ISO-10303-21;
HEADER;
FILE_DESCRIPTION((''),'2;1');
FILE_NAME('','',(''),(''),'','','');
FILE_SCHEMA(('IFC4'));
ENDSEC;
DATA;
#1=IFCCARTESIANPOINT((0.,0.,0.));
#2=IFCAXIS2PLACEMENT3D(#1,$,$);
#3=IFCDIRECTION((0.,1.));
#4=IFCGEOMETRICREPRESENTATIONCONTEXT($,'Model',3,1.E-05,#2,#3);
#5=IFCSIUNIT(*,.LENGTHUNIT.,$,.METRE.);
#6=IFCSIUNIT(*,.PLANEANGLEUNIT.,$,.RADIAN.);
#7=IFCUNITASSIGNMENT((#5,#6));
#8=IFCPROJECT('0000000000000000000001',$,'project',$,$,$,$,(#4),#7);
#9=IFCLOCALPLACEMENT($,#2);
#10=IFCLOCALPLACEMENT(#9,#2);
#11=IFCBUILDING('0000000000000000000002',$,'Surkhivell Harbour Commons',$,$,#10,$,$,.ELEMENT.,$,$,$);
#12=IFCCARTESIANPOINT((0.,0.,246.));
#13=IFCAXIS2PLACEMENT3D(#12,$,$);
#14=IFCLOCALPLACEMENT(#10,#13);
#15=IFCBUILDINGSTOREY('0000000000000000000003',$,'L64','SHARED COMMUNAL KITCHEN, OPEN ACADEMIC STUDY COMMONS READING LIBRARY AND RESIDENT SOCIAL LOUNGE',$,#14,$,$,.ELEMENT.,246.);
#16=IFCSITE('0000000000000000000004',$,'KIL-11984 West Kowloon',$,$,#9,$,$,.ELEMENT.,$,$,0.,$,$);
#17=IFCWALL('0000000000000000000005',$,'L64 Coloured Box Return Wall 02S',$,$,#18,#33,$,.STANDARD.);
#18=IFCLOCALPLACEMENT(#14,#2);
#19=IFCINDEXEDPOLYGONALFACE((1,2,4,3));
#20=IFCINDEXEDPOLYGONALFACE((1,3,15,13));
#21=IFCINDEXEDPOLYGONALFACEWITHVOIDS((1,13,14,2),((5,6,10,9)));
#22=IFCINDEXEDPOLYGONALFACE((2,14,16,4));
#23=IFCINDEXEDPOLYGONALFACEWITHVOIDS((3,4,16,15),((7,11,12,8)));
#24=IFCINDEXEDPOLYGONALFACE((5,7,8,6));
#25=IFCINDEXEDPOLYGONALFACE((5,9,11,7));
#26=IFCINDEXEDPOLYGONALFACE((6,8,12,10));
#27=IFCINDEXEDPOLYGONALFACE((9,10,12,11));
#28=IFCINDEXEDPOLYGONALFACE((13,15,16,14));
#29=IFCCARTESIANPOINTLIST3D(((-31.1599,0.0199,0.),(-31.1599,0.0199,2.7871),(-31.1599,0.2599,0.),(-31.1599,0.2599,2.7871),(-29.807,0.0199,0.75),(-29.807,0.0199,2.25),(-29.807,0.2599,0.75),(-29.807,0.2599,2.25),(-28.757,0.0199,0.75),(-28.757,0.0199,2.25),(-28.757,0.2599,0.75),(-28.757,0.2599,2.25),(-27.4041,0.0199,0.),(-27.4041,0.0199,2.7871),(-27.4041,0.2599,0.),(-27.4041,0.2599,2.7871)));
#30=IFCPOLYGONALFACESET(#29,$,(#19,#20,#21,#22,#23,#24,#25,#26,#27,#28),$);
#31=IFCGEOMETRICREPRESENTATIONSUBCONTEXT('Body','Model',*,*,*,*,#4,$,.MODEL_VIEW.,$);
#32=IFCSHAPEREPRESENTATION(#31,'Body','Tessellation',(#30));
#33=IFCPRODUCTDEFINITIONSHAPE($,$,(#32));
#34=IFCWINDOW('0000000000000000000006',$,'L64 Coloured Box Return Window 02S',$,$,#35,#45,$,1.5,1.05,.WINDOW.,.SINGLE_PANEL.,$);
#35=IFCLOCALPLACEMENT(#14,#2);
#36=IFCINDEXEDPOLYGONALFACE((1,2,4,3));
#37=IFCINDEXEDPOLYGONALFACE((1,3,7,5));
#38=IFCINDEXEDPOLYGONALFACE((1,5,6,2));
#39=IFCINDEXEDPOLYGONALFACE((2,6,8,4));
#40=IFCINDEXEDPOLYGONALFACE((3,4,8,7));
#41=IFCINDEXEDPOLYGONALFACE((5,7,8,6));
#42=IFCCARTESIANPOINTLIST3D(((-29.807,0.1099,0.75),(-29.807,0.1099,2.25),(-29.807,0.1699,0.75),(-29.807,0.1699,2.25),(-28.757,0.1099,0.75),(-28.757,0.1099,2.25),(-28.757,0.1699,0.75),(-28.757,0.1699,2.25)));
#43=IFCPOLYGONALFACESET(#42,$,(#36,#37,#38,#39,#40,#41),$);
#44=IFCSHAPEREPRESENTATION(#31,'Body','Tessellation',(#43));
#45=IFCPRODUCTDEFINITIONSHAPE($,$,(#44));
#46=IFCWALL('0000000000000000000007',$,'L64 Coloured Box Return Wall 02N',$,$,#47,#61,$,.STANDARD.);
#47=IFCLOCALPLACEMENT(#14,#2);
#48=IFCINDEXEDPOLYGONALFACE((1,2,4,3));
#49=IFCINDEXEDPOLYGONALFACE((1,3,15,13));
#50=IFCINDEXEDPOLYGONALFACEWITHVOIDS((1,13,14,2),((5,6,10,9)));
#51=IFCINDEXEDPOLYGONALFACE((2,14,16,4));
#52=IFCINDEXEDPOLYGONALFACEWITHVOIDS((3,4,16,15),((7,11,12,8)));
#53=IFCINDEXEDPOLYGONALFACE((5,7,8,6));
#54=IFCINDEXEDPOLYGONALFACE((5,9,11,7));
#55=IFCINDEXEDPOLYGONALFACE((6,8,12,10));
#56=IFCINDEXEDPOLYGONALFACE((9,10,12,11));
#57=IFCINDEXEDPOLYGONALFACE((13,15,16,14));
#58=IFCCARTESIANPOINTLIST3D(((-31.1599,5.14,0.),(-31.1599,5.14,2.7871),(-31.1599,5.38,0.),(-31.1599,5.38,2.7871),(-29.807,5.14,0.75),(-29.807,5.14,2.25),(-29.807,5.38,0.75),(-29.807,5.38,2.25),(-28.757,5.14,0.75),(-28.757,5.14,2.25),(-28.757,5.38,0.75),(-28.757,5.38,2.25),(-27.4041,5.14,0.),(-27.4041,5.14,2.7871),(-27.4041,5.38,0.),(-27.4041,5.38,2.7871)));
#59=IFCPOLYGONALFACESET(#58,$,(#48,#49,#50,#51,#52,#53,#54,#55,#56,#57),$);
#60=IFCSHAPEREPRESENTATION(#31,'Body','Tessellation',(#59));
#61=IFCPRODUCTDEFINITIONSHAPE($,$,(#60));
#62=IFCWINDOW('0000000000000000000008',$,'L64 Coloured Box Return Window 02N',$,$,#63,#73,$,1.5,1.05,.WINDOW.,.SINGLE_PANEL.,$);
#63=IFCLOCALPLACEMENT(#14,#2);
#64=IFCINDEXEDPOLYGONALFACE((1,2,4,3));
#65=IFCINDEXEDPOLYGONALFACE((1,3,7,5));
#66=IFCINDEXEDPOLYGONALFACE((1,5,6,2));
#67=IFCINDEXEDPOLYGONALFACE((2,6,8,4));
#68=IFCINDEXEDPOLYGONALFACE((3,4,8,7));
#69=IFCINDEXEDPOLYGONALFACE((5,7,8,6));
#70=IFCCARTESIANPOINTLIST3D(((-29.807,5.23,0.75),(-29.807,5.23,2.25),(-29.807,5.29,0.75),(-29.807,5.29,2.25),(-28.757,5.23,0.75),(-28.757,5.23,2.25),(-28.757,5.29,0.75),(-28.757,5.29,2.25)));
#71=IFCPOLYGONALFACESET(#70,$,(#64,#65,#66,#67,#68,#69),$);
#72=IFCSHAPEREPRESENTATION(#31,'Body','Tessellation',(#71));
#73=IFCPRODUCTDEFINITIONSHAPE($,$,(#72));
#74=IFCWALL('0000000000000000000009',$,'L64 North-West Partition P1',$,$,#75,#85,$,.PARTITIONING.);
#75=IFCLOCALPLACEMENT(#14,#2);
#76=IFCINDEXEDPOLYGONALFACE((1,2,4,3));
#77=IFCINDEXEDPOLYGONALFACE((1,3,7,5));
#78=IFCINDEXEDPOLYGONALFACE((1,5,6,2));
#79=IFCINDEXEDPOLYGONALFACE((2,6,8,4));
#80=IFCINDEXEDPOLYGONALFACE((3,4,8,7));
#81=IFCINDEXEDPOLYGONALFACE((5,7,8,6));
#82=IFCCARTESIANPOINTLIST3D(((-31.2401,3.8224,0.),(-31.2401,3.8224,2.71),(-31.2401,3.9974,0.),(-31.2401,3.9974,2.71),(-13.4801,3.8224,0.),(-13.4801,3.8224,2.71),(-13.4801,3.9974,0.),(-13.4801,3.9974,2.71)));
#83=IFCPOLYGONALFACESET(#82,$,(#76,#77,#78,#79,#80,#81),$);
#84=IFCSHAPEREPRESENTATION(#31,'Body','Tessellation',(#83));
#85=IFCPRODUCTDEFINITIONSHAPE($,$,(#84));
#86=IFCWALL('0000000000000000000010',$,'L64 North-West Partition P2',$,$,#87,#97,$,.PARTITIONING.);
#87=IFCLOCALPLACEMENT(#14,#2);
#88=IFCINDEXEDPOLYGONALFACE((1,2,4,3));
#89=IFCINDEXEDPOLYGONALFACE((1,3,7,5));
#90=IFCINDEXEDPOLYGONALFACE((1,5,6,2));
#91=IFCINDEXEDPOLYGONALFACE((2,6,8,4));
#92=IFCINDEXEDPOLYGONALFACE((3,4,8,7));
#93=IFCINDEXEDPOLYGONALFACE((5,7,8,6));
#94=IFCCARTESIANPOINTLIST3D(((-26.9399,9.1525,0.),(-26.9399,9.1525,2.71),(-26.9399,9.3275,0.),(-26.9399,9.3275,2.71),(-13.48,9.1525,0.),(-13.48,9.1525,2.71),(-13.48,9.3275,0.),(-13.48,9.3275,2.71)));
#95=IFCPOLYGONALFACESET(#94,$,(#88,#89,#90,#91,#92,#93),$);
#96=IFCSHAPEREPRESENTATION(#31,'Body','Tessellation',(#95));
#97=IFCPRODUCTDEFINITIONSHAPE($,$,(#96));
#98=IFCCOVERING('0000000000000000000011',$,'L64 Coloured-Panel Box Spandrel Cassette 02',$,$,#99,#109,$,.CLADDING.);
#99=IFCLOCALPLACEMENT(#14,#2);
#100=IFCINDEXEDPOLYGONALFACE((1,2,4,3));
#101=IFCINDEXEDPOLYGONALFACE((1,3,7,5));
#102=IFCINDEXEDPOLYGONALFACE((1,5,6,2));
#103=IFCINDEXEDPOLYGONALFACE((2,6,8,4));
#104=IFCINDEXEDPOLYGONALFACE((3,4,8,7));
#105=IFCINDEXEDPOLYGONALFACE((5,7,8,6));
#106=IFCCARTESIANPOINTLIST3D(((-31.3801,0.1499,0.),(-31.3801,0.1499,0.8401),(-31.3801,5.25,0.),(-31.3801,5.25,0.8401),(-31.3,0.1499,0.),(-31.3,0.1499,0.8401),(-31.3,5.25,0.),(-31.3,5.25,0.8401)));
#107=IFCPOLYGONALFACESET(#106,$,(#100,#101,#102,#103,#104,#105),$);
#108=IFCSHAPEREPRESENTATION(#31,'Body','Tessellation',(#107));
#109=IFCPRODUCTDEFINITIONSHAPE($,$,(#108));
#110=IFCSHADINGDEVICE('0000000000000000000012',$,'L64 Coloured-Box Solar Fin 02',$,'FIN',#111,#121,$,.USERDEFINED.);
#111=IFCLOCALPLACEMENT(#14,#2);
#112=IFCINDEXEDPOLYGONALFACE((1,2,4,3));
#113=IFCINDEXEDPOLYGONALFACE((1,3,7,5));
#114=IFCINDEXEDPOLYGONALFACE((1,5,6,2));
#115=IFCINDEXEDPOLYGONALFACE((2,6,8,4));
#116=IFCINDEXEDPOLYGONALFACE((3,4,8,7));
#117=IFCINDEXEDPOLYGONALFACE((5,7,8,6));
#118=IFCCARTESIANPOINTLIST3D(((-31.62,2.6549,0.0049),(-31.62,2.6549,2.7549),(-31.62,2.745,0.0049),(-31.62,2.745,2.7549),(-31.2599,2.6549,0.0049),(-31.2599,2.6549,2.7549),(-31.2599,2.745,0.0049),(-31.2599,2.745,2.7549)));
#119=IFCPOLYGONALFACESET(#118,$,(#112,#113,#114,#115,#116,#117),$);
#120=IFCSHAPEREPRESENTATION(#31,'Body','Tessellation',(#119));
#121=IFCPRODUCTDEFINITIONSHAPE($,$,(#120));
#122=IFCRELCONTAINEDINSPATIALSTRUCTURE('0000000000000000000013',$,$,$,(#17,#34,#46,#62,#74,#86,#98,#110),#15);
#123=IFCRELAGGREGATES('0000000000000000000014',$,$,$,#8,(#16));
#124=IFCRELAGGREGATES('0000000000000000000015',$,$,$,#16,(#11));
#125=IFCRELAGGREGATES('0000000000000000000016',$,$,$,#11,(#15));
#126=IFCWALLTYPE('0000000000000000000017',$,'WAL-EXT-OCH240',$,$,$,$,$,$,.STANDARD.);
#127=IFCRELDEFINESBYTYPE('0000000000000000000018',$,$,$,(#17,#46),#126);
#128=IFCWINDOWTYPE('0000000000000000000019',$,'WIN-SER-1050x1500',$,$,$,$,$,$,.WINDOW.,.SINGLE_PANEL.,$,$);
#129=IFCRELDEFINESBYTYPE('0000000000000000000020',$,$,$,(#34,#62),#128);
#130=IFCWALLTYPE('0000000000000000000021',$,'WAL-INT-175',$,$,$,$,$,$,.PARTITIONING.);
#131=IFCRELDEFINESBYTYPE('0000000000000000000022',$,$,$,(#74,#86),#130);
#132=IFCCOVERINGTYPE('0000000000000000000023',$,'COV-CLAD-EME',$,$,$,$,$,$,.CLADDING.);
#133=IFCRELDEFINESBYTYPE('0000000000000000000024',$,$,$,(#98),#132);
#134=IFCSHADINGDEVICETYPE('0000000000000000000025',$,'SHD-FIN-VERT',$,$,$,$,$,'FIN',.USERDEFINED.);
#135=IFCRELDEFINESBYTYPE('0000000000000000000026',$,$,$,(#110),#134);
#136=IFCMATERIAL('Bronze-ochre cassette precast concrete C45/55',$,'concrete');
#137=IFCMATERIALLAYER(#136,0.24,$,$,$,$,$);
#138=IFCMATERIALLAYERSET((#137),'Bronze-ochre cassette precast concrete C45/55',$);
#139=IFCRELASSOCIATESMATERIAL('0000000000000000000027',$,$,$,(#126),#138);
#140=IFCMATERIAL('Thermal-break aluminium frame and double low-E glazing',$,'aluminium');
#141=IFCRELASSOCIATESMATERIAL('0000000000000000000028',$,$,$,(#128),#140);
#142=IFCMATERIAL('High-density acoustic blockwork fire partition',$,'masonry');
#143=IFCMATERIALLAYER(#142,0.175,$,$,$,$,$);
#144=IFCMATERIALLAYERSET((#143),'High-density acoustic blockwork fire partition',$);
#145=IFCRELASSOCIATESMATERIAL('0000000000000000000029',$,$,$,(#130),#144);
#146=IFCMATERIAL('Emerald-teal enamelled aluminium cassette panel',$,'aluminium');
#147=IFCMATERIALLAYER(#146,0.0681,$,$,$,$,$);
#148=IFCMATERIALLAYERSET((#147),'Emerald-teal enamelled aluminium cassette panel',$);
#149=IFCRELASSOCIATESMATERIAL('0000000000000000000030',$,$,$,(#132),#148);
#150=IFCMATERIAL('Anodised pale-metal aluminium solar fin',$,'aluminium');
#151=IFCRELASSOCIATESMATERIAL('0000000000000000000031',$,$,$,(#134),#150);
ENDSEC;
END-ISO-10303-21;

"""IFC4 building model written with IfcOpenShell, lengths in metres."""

from ifc_helpers import new_model, si_unit, direction, frame, frame_2d, origin, origin_2d, place, context, subcontext, project, spatial, rectangle, extrude, material, layer, layer_set, type_object, element, fill, save


model = new_model("IFC4")

# Units and contexts
model_context = context("Model", 3, precision=1e-05, world=origin(), true_north=direction((0.0, 1.0)))
body_context = subcontext(model_context, "Body", "Model", "MODEL_VIEW")
ifc_project = project(units=[si_unit("LENGTHUNIT", "METRE"), si_unit("PLANEANGLEUNIT", "RADIAN")], contexts=[model_context])

# Site, building, storey
site_placement = place(None, origin())
site = spatial("IfcSite", under=ifc_project, at=site_placement, Name="KIL-11984 West Kowloon", CompositionType="ELEMENT", RefElevation=0.0)
building_placement = place(site_placement, origin())
building = spatial("IfcBuilding", under=site, at=building_placement, Name="Surkhivell Harbour Commons", CompositionType="ELEMENT")
storey_placement = place(building_placement, frame((0.0, 0.0, 246.0)))
storey = spatial("IfcBuildingStorey", under=building, at=storey_placement, Name="L64", Description="SHARED COMMUNAL KITCHEN, OPEN ACADEMIC STUDY COMMONS READING LIBRARY AND RESIDENT SOCIAL LOUNGE", CompositionType="ELEMENT", Elevation=246.0)

# Walls, openings, windows
ifc_material_1 = material(Name="Bronze-ochre cassette precast concrete C45/55", Category="concrete")
ifc_layer_1 = layer(ifc_material_1, 0.24)
ifc_layer_set_1 = layer_set([ifc_layer_1], Name="Bronze-ochre cassette precast concrete C45/55")
wall_type_1 = type_object("IfcWallType", Name="WAL-EXT-OCH240", PredefinedType="STANDARD", material=ifc_layer_set_1)
ifc_material_2 = material(Name="Thermal-break aluminium frame and double low-E glazing", Category="aluminium")
wall_1_placement = place(storey_placement, frame((-31.1599, 0.1399, 0.0), z_axis=(0.0, 0.0, 1.0), x_axis=(1.0, 0.0, 0.0)))
wall_1 = element("IfcWall", 1, at=wall_1_placement, inside=storey, type_object=wall_type_1, Name="L64 Coloured Box Return Wall 02S", PredefinedType="STANDARD", context=body_context, shape_type="SweptSolid", body=[
    extrude(rectangle(XDim=3.7559, YDim=0.24, at=frame_2d((1.8779, 0.0))), origin(), (0.0, 0.0, 1.0), 2.7871),
])
opening_1_placement = place(wall_1_placement, frame((1.353, 0.0, 0.75)))
opening_1 = element("IfcOpeningElement", 2, at=opening_1_placement, cuts=wall_1, PredefinedType="OPENING", context=body_context, shape_type="SweptSolid", body=[
    extrude(rectangle(XDim=1.05, YDim=1.5, at=frame_2d((0.5249, 0.75))), frame((0.0, 0.1299, 0.0), z_axis=(0.0, -1.0, 0.0), x_axis=(1.0, 0.0, 0.0)), (0.0, 0.0, 1.0), 0.26),
])
window_type_1 = type_object("IfcWindowType", Name="WIN-SER-1050x1500", PartitioningType="SINGLE_PANEL", PredefinedType="WINDOW", material=ifc_material_2)
window_1_placement = place(opening_1_placement, origin())
window_1 = element("IfcWindow", 3, at=window_1_placement, inside=storey, type_object=window_type_1, Name="L64 Coloured Box Return Window 02S", OverallHeight=1.5, OverallWidth=1.05, PartitioningType="SINGLE_PANEL", PredefinedType="WINDOW", context=body_context, shape_type="SweptSolid", body=[
    extrude(rectangle(XDim=1.05, YDim=1.5, at=frame_2d((0.5249, 0.75))), frame((0.0, 0.03, 0.0), z_axis=(0.0, -1.0, 0.0), x_axis=(1.0, 0.0, 0.0)), (0.0, 0.0, 1.0), 0.0601),
])
fill(opening_1, window_1)
wall_2_placement = place(storey_placement, frame((-31.1599, 5.26, 0.0), z_axis=(0.0, 0.0, 1.0), x_axis=(1.0, 0.0, 0.0)))
wall_2 = element("IfcWall", 4, at=wall_2_placement, inside=storey, type_object=wall_type_1, Name="L64 Coloured Box Return Wall 02N", PredefinedType="STANDARD", context=body_context, shape_type="SweptSolid", body=[
    extrude(rectangle(XDim=3.7559, YDim=0.24, at=frame_2d((1.8779, 0.0))), origin(), (0.0, 0.0, 1.0), 2.7871),
])
opening_2_placement = place(wall_2_placement, frame((1.353, 0.0, 0.75)))
opening_2 = element("IfcOpeningElement", 5, at=opening_2_placement, cuts=wall_2, PredefinedType="OPENING", context=body_context, shape_type="SweptSolid", body=[
    extrude(rectangle(XDim=1.05, YDim=1.5, at=frame_2d((0.5249, 0.75))), frame((0.0, 0.1299, 0.0), z_axis=(0.0, -1.0, 0.0), x_axis=(1.0, 0.0, 0.0)), (0.0, 0.0, 1.0), 0.26),
])
window_2_placement = place(opening_2_placement, origin())
window_2 = element("IfcWindow", 6, at=window_2_placement, inside=storey, type_object=window_type_1, Name="L64 Coloured Box Return Window 02N", OverallHeight=1.5, OverallWidth=1.05, PartitioningType="SINGLE_PANEL", PredefinedType="WINDOW", context=body_context, shape_type="SweptSolid", body=[
    extrude(rectangle(XDim=1.05, YDim=1.5, at=frame_2d((0.5249, 0.75))), frame((0.0, 0.03, 0.0), z_axis=(0.0, -1.0, 0.0), x_axis=(1.0, 0.0, 0.0)), (0.0, 0.0, 1.0), 0.0601),
])
fill(opening_2, window_2)

# Walls
ifc_material_3 = material(Name="High-density acoustic blockwork fire partition", Category="masonry")
ifc_layer_2 = layer(ifc_material_3, 0.175)
ifc_layer_set_2 = layer_set([ifc_layer_2], Name="High-density acoustic blockwork fire partition")
wall_type_2 = type_object("IfcWallType", Name="WAL-INT-175", PredefinedType="PARTITIONING", material=ifc_layer_set_2)
wall_3_placement = place(storey_placement, frame((-31.24, 3.9099, 0.0), z_axis=(0.0, 0.0, 1.0), x_axis=(1.0, 0.0, 0.0)))
element("IfcWall", 7, at=wall_3_placement, inside=storey, type_object=wall_type_2, Name="L64 North-West Partition P1", PredefinedType="PARTITIONING", context=body_context, shape_type="SweptSolid", body=[
    extrude(rectangle(XDim=17.76, YDim=0.175, at=frame_2d((8.8799, 0.0))), origin(), (0.0, 0.0, 1.0), 2.71),
])
wall_4_placement = place(storey_placement, frame((-26.9399, 9.24, 0.0), z_axis=(0.0, 0.0, 1.0), x_axis=(1.0, 0.0, 0.0)))
element("IfcWall", 8, at=wall_4_placement, inside=storey, type_object=wall_type_2, Name="L64 North-West Partition P2", PredefinedType="PARTITIONING", context=body_context, shape_type="SweptSolid", body=[
    extrude(rectangle(XDim=13.46, YDim=0.175, at=frame_2d((6.73, 0.0))), origin(), (0.0, 0.0, 1.0), 2.71),
])

# Covering
ifc_material_4 = material(Name="Emerald-teal enamelled aluminium cassette panel", Category="aluminium")
ifc_layer_3 = layer(ifc_material_4, 0.0681)
ifc_layer_set_3 = layer_set([ifc_layer_3], Name="Emerald-teal enamelled aluminium cassette panel")
covering_type = type_object("IfcCoveringType", Name="COV-CLAD-EME", PredefinedType="CLADDING", material=ifc_layer_set_3)
covering_placement = place(storey_placement, frame((-31.3401, 2.7, 0.0), z_axis=(0.0, 0.0, 1.0), x_axis=(1.0, 0.0, 0.0)))
element("IfcCovering", 9, at=covering_placement, inside=storey, type_object=covering_type, Name="L64 Coloured-Panel Box Spandrel Cassette 02", PredefinedType="CLADDING", context=body_context, shape_type="SweptSolid", body=[
    extrude(rectangle(XDim=0.0801, YDim=5.1001, at=origin_2d()), origin(), (0.0, 0.0, 1.0), 0.8401),
])

# Shading device
ifc_material_5 = material(Name="Anodised pale-metal aluminium solar fin", Category="aluminium")
shading_device_type = type_object("IfcShadingDeviceType", Name="SHD-FIN-VERT", ElementType="FIN", PredefinedType="USERDEFINED", material=ifc_material_5)
shading_device_placement = place(storey_placement, frame((-31.4399, 2.7, 0.0049), z_axis=(0.0, 0.0, 1.0), x_axis=(1.0, 0.0, 0.0)))
element("IfcShadingDevice", 10, at=shading_device_placement, inside=storey, type_object=shading_device_type, Name="L64 Coloured-Box Solar Fin 02", ObjectType="FIN", PredefinedType="USERDEFINED", context=body_context, shape_type="SweptSolid", body=[
    extrude(rectangle(XDim=0.3601, YDim=0.0901, at=origin_2d()), origin(), (0.0, 0.0, 1.0), 2.75),
])

save(model, "model.ifc")
